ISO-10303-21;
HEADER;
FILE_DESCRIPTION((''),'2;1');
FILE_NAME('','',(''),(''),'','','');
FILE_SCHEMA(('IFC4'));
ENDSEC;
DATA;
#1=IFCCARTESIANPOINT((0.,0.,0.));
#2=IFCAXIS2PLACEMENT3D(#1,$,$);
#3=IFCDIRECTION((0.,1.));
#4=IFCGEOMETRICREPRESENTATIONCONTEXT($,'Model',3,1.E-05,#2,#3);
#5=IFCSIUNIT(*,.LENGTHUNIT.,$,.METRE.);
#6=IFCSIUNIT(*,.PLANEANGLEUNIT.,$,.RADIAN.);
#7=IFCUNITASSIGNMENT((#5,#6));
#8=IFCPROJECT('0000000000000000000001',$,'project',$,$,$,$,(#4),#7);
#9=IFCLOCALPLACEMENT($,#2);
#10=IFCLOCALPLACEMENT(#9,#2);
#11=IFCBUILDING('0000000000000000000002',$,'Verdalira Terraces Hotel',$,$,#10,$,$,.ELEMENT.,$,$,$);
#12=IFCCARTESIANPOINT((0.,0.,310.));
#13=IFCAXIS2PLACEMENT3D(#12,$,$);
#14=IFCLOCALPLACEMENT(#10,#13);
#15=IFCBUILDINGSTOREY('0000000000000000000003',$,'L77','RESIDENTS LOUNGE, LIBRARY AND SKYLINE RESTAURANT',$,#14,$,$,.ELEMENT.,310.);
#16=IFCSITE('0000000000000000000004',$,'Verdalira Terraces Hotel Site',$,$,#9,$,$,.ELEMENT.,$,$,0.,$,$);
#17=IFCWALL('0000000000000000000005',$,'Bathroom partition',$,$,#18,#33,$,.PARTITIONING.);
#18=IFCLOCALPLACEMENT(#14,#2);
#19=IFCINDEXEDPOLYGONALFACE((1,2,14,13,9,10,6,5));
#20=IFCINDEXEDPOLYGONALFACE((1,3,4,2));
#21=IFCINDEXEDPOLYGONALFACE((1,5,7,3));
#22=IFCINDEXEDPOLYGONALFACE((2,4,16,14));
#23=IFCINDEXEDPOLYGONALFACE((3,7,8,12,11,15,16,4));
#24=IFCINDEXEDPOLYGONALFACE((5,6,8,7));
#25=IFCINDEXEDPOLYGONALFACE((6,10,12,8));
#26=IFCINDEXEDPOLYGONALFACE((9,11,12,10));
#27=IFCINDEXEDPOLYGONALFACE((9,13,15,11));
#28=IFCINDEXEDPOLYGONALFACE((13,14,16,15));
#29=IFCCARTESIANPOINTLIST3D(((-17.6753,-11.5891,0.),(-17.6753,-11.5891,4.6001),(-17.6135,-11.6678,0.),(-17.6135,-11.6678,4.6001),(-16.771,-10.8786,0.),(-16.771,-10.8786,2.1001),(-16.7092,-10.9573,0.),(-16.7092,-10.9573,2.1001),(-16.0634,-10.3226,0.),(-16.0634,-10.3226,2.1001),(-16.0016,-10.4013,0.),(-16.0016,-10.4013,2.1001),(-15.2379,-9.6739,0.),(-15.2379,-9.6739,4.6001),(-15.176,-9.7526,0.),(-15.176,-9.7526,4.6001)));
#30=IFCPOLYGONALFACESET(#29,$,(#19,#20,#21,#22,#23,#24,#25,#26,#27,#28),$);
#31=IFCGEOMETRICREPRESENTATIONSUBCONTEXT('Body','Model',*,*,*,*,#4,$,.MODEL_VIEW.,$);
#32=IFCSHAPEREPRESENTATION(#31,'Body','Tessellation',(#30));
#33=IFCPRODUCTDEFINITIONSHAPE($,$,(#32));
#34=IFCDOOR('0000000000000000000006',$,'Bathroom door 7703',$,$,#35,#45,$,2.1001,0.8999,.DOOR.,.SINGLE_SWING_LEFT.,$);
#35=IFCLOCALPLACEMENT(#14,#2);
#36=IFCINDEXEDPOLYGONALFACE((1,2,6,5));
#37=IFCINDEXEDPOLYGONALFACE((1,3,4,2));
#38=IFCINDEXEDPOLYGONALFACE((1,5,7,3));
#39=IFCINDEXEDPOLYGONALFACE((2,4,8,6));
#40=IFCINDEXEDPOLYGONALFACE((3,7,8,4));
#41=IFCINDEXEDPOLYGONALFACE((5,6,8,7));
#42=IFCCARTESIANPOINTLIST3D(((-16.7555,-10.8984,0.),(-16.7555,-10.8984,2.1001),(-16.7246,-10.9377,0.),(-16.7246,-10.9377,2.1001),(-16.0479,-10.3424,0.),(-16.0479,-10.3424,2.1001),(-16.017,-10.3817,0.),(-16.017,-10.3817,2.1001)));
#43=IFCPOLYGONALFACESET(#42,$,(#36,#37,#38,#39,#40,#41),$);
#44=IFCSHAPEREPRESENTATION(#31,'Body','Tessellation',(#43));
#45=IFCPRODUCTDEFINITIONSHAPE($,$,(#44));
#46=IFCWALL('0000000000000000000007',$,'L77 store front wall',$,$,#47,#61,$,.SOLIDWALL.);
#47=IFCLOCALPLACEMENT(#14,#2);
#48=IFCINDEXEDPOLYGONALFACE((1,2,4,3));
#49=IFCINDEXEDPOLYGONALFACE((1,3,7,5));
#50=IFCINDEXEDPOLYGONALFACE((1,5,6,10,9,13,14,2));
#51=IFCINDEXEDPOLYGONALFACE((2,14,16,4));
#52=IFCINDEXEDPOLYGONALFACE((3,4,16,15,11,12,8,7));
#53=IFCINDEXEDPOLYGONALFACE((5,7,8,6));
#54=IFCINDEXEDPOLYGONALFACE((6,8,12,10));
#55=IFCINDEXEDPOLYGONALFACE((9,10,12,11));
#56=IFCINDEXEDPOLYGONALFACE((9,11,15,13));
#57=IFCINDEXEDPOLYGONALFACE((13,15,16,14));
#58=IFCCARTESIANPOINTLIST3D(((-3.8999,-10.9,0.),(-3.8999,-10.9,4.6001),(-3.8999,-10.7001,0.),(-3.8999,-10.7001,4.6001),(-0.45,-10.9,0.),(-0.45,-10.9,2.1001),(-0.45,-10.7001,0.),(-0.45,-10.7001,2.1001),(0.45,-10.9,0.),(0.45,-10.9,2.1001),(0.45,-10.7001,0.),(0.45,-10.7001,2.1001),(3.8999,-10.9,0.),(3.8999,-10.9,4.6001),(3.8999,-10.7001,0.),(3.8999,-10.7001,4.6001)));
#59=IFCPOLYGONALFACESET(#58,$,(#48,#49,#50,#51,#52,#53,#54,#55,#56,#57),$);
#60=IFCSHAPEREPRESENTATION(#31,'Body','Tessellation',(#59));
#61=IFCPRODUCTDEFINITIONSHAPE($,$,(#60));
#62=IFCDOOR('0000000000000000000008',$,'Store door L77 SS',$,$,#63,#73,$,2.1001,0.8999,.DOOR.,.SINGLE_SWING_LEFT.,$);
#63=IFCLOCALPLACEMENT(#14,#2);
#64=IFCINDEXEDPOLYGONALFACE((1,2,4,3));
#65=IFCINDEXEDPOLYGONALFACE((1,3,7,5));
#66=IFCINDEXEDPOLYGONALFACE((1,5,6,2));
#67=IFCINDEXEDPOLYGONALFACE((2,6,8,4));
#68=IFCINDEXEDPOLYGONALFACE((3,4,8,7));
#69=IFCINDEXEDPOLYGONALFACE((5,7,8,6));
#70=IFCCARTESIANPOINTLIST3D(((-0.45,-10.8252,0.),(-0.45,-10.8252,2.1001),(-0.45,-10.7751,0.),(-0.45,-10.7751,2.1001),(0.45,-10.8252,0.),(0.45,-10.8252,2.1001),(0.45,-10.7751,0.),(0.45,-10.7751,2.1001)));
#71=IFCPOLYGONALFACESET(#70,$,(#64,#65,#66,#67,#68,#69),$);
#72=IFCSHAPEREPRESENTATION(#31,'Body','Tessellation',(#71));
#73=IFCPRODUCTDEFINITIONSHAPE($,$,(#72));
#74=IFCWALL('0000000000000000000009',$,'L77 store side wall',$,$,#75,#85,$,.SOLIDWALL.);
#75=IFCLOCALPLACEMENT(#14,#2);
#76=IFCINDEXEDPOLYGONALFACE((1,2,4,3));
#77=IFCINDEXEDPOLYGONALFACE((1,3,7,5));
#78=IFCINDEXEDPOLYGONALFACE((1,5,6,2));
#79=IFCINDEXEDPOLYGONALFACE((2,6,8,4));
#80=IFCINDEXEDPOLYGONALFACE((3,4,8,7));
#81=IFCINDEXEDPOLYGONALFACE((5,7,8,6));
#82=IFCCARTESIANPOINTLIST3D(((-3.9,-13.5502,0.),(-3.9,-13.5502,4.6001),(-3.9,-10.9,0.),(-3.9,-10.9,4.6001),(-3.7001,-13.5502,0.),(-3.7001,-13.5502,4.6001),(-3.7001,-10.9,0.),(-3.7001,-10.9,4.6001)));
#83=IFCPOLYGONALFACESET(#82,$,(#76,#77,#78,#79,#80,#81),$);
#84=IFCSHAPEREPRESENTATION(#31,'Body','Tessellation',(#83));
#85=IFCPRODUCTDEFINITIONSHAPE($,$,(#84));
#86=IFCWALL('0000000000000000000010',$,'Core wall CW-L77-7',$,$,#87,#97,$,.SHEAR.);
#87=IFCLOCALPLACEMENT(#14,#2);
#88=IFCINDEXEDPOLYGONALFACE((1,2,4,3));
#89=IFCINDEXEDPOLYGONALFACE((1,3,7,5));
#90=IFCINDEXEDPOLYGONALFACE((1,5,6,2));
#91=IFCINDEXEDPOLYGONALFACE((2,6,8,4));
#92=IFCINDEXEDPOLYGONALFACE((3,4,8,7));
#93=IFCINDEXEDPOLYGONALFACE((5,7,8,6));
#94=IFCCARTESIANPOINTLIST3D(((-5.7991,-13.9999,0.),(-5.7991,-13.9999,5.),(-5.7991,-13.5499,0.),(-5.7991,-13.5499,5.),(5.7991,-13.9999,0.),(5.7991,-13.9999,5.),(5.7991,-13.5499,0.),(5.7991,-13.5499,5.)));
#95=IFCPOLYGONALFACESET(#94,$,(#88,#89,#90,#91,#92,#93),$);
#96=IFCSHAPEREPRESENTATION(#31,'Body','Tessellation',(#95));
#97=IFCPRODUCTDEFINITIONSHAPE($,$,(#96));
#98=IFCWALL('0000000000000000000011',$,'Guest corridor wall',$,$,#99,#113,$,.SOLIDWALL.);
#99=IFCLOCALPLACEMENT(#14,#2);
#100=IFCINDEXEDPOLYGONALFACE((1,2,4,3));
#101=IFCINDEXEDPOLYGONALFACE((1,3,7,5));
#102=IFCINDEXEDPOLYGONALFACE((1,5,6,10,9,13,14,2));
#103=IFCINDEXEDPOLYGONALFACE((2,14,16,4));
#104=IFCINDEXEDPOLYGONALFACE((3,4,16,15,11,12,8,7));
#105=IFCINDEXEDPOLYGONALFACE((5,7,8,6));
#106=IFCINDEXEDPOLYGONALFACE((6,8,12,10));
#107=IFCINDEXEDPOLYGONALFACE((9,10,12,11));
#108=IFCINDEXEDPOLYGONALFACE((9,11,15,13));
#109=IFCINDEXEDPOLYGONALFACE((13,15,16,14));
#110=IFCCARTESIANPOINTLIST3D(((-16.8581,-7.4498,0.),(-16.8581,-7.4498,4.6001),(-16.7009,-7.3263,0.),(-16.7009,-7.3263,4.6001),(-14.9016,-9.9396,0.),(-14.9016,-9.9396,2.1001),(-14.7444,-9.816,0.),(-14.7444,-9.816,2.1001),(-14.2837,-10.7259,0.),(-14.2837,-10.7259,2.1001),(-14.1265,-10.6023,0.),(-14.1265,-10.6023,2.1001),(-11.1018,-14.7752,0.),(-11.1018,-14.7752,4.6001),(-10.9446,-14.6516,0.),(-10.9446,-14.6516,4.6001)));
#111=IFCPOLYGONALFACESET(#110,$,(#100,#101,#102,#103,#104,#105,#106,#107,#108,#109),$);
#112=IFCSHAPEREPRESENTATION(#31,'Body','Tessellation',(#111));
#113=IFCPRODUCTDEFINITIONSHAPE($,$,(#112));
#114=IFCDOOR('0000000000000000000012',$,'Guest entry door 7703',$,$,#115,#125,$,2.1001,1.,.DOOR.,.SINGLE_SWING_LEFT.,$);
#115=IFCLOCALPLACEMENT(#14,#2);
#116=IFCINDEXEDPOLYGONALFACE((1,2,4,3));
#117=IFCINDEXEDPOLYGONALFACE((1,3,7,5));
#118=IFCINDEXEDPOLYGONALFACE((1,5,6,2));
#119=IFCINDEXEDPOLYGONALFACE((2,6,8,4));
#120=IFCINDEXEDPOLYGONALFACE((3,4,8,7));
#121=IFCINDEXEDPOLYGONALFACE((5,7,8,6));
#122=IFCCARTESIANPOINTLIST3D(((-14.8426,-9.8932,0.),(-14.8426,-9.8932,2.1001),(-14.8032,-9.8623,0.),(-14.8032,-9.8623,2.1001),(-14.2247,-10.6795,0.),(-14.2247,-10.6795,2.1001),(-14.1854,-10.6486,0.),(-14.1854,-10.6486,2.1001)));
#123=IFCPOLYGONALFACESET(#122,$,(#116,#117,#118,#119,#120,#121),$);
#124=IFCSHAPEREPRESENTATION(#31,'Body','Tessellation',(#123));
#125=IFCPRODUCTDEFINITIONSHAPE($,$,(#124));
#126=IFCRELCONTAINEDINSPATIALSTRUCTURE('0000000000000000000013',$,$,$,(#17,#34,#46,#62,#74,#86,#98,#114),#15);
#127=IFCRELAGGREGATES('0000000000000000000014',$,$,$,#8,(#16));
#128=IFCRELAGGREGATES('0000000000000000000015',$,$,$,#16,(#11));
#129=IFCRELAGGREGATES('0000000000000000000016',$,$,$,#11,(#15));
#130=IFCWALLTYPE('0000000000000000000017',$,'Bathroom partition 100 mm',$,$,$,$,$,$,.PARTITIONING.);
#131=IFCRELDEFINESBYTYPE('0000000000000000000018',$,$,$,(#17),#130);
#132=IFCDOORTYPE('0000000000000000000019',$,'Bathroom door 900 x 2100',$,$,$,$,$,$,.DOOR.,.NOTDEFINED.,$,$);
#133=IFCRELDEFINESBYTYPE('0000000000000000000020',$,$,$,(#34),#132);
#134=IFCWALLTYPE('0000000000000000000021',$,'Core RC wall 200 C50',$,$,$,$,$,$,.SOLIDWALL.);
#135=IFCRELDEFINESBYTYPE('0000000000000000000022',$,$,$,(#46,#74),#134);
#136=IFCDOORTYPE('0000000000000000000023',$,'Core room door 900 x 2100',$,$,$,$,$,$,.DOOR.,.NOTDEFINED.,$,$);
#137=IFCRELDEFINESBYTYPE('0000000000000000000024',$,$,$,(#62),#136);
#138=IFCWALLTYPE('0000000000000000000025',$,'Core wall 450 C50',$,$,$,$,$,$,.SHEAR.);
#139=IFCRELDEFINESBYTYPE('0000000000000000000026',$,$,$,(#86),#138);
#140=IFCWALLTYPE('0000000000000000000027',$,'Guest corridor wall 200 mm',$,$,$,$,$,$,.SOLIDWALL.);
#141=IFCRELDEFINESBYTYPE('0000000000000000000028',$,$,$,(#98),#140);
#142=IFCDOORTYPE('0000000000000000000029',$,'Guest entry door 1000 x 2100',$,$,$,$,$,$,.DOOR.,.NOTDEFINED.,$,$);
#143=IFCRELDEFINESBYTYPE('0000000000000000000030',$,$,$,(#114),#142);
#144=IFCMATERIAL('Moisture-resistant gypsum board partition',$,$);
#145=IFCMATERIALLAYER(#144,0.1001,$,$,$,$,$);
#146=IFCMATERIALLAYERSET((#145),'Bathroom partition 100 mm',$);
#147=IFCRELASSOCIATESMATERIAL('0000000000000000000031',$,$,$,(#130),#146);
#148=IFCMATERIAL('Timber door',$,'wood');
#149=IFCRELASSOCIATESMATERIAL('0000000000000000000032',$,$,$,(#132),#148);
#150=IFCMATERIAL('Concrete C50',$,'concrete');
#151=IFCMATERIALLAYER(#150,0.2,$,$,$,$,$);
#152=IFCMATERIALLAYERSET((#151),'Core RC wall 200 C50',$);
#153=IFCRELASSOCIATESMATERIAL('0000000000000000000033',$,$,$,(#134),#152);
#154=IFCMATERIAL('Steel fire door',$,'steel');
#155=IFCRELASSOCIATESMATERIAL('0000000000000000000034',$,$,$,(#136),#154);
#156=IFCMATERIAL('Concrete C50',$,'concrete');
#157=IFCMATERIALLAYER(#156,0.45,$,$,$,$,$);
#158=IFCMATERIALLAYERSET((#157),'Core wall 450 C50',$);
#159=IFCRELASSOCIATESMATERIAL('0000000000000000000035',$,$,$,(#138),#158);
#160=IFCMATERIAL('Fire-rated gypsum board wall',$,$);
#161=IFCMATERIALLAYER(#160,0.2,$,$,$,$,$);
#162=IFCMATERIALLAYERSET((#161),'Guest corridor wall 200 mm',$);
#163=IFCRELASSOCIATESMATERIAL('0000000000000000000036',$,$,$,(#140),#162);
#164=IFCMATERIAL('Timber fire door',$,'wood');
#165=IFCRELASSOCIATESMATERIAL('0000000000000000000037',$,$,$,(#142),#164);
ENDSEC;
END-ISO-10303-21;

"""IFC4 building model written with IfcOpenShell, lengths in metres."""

from ifc_helpers import new_model, si_unit, direction, frame, frame_2d, origin, place, context, subcontext, project, spatial, rectangle, extrude, material, layer, layer_set, type_object, element, fill, save


model = new_model("IFC4")

# Units and contexts
model_context = context("Model", 3, precision=1e-05, world=origin(), true_north=direction((0.0, 1.0)))
body_context = subcontext(model_context, "Body", "Model", "MODEL_VIEW")
ifc_project = project(units=[si_unit("LENGTHUNIT", "METRE"), si_unit("PLANEANGLEUNIT", "RADIAN")], contexts=[model_context])

# Site, building, storey
site_placement = place(None, origin())
site = spatial("IfcSite", under=ifc_project, at=site_placement, Name="Verdalira Terraces Hotel Site", CompositionType="ELEMENT", RefElevation=0.0)
building_placement = place(site_placement, origin())
building = spatial("IfcBuilding", under=site, at=building_placement, Name="Verdalira Terraces Hotel", CompositionType="ELEMENT")
storey_placement = place(building_placement, frame((0.0, 0.0, 310.0)))
storey = spatial("IfcBuildingStorey", under=building, at=storey_placement, Name="L77", Description="RESIDENTS LOUNGE, LIBRARY AND SKYLINE RESTAURANT", CompositionType="ELEMENT", Elevation=310.0)

# Shared definitions
ifc_material_1 = material(Name="Moisture-resistant gypsum board partition")
ifc_layer_1 = layer(ifc_material_1, 0.1001)
ifc_layer_set_1 = layer_set([ifc_layer_1], Name="Bathroom partition 100 mm")
wall_type_1 = type_object("IfcWallType", Name="Bathroom partition 100 mm", PredefinedType="PARTITIONING", material=ifc_layer_set_1)

# Walls, openings, doors
wall_1_placement = place(storey_placement, frame((-17.6443, -11.6284, 0.0), z_axis=(0.0, 0.0, 1.0), x_axis=(0.786302, 0.617842, 0.0)))
wall_1 = element("IfcWall", 1, at=wall_1_placement, inside=storey, type_object=wall_type_1, Name="Bathroom partition", PredefinedType="PARTITIONING", context=body_context, shape_type="SweptSolid", body=[
    extrude(rectangle(XDim=3.0999, YDim=0.1001, at=frame_2d((1.5498, 0.0))), origin(), (0.0, 0.0, 1.0), 4.6001),
])
opening_1_placement = place(wall_1_placement, frame((1.1499, 0.0, 0.0)))
opening_1 = element("IfcOpeningElement", 2, at=opening_1_placement, cuts=wall_1, PredefinedType="OPENING", context=body_context, shape_type="SweptSolid", body=[
    extrude(rectangle(XDim=0.8999, YDim=2.1001, at=frame_2d((0.45, 1.05))), frame((0.0, 0.0601, 0.0), z_axis=(0.0, -1.0, 0.0), x_axis=(1.0, 0.0, 0.0)), (0.0, 0.0, 1.0), 0.1201),
])
ifc_material_2 = material(Name="Timber door", Category="wood")
door_type_1 = type_object("IfcDoorType", Name="Bathroom door 900 x 2100", OperationType="NOTDEFINED", PredefinedType="DOOR", material=ifc_material_2)
door_1_placement = place(opening_1_placement, origin())
door_1 = element("IfcDoor", 3, at=door_1_placement, inside=storey, type_object=door_type_1, Name="Bathroom door 7703", OperationType="SINGLE_SWING_LEFT", OverallHeight=2.1001, OverallWidth=0.8999, PredefinedType="DOOR", context=body_context, shape_type="SweptSolid", body=[
    extrude(rectangle(XDim=0.8999, YDim=2.1001, at=frame_2d((0.45, 1.05))), frame((0.0, 0.0249, 0.0), z_axis=(0.0, -1.0, 0.0), x_axis=(1.0, 0.0, 0.0)), (0.0, 0.0, 1.0), 0.05),
])
fill(opening_1, door_1)
ifc_material_3 = material(Name="Concrete C50", Category="concrete")
ifc_layer_2 = layer(ifc_material_3, 0.2)
ifc_layer_set_2 = layer_set([ifc_layer_2], Name="Core RC wall 200 C50")
wall_type_2 = type_object("IfcWallType", Name="Core RC wall 200 C50", PredefinedType="SOLIDWALL", material=ifc_layer_set_2)
wall_2_placement = place(storey_placement, frame((-3.8999, -10.8, 0.0), z_axis=(0.0, 0.0, 1.0), x_axis=(1.0, 0.0, 0.0)))
wall_2 = element("IfcWall", 4, at=wall_2_placement, inside=storey, type_object=wall_type_2, Name="L77 store front wall", PredefinedType="SOLIDWALL", context=body_context, shape_type="SweptSolid", body=[
    extrude(rectangle(XDim=7.7998, YDim=0.2, at=frame_2d((3.8999, 0.0))), origin(), (0.0, 0.0, 1.0), 4.6001),
])
opening_2_placement = place(wall_2_placement, frame((3.45, 0.0, 0.0)))
opening_2 = element("IfcOpeningElement", 5, at=opening_2_placement, cuts=wall_2, PredefinedType="OPENING", context=body_context, shape_type="SweptSolid", body=[
    extrude(rectangle(XDim=0.8999, YDim=2.1001, at=frame_2d((0.45, 1.05))), frame((0.0, 0.1099, 0.0), z_axis=(0.0, -1.0, 0.0), x_axis=(1.0, 0.0, 0.0)), (0.0, 0.0, 1.0), 0.22),
])
ifc_material_4 = material(Name="Steel fire door", Category="steel")
door_type_2 = type_object("IfcDoorType", Name="Core room door 900 x 2100", OperationType="NOTDEFINED", PredefinedType="DOOR", material=ifc_material_4)
door_2_placement = place(opening_2_placement, origin())
door_2 = element("IfcDoor", 6, at=door_2_placement, inside=storey, type_object=door_type_2, Name="Store door L77 SS", OperationType="SINGLE_SWING_LEFT", OverallHeight=2.1001, OverallWidth=0.8999, PredefinedType="DOOR", context=body_context, shape_type="SweptSolid", body=[
    extrude(rectangle(XDim=0.8999, YDim=2.1001, at=frame_2d((0.45, 1.05))), frame((0.0, 0.0249, 0.0), z_axis=(0.0, -1.0, 0.0), x_axis=(1.0, 0.0, 0.0)), (0.0, 0.0, 1.0), 0.05),
])
fill(opening_2, door_2)

# Walls
wall_3_placement = place(storey_placement, frame((-3.8, -10.8999, 0.0), z_axis=(0.0, 0.0, 1.0), x_axis=(0.0, -1.0, 0.0)))
element("IfcWall", 7, at=wall_3_placement, inside=storey, type_object=wall_type_2, Name="L77 store side wall", PredefinedType="SOLIDWALL", context=body_context, shape_type="SweptSolid", body=[
    extrude(rectangle(XDim=2.6501, YDim=0.2, at=frame_2d((1.3252, 0.0))), origin(), (0.0, 0.0, 1.0), 4.6001),
])
ifc_material_5 = material(Name="Concrete C50", Category="concrete")
ifc_layer_3 = layer(ifc_material_5, 0.45)
ifc_layer_set_3 = layer_set([ifc_layer_3], Name="Core wall 450 C50")
wall_type_3 = type_object("IfcWallType", Name="Core wall 450 C50", PredefinedType="SHEAR", material=ifc_layer_set_3)
wall_4_placement = place(storey_placement, frame((-5.7991, -13.7749, 0.0), z_axis=(0.0, 0.0, 1.0), x_axis=(1.0, 0.0, 0.0)))
element("IfcWall", 8, at=wall_4_placement, inside=storey, type_object=wall_type_3, Name="Core wall CW-L77-7", PredefinedType="SHEAR", context=body_context, shape_type="SweptSolid", body=[
    extrude(rectangle(XDim=11.5981, YDim=0.45, at=frame_2d((5.7991, 0.0))), origin(), (0.0, 0.0, 1.0), 5.0),
])

# Wall, opening, door
ifc_material_6 = material(Name="Fire-rated gypsum board wall")
ifc_layer_4 = layer(ifc_material_6, 0.2)
ifc_layer_set_4 = layer_set([ifc_layer_4], Name="Guest corridor wall 200 mm")
wall_type_4 = type_object("IfcWallType", Name="Guest corridor wall 200 mm", PredefinedType="SOLIDWALL", material=ifc_layer_set_4)
wall_5_placement = place(storey_placement, frame((-11.0232, -14.7134, 0.0), z_axis=(0.0, 0.0, 1.0), x_axis=(-0.617864, 0.786285, 0.0)))
wall_5 = element("IfcWall", 9, at=wall_5_placement, inside=storey, type_object=wall_type_4, Name="Guest corridor wall", PredefinedType="SOLIDWALL", context=body_context, shape_type="SweptSolid", body=[
    extrude(rectangle(XDim=9.3164, YDim=0.2, at=frame_2d((4.6582, 0.0))), origin(), (0.0, 0.0, 1.0), 4.6001),
])
opening_3_placement = place(wall_5_placement, frame((5.1499, 0.0, 0.0)))
opening_3 = element("IfcOpeningElement", 10, at=opening_3_placement, cuts=wall_5, PredefinedType="OPENING", context=body_context, shape_type="SweptSolid", body=[
    extrude(rectangle(XDim=1.0, YDim=2.1001, at=frame_2d((0.5, 1.05))), frame((0.0, 0.1099, 0.0), z_axis=(0.0, -1.0, 0.0), x_axis=(1.0, 0.0, 0.0)), (0.0, 0.0, 1.0), 0.22),
])
ifc_material_7 = material(Name="Timber fire door", Category="wood")
door_type_3 = type_object("IfcDoorType", Name="Guest entry door 1000 x 2100", OperationType="NOTDEFINED", PredefinedType="DOOR", material=ifc_material_7)
door_3_placement = place(opening_3_placement, origin())
door_3 = element("IfcDoor", 11, at=door_3_placement, inside=storey, type_object=door_type_3, Name="Guest entry door 7703", OperationType="SINGLE_SWING_LEFT", OverallHeight=2.1001, OverallWidth=1.0, PredefinedType="DOOR", context=body_context, shape_type="SweptSolid", body=[
    extrude(rectangle(XDim=1.0, YDim=2.1001, at=frame_2d((0.5, 1.05))), frame((0.0, 0.0249, 0.0), z_axis=(0.0, -1.0, 0.0), x_axis=(1.0, 0.0, 0.0)), (0.0, 0.0, 1.0), 0.05),
])
fill(opening_3, door_3)

save(model, "model.ifc")
